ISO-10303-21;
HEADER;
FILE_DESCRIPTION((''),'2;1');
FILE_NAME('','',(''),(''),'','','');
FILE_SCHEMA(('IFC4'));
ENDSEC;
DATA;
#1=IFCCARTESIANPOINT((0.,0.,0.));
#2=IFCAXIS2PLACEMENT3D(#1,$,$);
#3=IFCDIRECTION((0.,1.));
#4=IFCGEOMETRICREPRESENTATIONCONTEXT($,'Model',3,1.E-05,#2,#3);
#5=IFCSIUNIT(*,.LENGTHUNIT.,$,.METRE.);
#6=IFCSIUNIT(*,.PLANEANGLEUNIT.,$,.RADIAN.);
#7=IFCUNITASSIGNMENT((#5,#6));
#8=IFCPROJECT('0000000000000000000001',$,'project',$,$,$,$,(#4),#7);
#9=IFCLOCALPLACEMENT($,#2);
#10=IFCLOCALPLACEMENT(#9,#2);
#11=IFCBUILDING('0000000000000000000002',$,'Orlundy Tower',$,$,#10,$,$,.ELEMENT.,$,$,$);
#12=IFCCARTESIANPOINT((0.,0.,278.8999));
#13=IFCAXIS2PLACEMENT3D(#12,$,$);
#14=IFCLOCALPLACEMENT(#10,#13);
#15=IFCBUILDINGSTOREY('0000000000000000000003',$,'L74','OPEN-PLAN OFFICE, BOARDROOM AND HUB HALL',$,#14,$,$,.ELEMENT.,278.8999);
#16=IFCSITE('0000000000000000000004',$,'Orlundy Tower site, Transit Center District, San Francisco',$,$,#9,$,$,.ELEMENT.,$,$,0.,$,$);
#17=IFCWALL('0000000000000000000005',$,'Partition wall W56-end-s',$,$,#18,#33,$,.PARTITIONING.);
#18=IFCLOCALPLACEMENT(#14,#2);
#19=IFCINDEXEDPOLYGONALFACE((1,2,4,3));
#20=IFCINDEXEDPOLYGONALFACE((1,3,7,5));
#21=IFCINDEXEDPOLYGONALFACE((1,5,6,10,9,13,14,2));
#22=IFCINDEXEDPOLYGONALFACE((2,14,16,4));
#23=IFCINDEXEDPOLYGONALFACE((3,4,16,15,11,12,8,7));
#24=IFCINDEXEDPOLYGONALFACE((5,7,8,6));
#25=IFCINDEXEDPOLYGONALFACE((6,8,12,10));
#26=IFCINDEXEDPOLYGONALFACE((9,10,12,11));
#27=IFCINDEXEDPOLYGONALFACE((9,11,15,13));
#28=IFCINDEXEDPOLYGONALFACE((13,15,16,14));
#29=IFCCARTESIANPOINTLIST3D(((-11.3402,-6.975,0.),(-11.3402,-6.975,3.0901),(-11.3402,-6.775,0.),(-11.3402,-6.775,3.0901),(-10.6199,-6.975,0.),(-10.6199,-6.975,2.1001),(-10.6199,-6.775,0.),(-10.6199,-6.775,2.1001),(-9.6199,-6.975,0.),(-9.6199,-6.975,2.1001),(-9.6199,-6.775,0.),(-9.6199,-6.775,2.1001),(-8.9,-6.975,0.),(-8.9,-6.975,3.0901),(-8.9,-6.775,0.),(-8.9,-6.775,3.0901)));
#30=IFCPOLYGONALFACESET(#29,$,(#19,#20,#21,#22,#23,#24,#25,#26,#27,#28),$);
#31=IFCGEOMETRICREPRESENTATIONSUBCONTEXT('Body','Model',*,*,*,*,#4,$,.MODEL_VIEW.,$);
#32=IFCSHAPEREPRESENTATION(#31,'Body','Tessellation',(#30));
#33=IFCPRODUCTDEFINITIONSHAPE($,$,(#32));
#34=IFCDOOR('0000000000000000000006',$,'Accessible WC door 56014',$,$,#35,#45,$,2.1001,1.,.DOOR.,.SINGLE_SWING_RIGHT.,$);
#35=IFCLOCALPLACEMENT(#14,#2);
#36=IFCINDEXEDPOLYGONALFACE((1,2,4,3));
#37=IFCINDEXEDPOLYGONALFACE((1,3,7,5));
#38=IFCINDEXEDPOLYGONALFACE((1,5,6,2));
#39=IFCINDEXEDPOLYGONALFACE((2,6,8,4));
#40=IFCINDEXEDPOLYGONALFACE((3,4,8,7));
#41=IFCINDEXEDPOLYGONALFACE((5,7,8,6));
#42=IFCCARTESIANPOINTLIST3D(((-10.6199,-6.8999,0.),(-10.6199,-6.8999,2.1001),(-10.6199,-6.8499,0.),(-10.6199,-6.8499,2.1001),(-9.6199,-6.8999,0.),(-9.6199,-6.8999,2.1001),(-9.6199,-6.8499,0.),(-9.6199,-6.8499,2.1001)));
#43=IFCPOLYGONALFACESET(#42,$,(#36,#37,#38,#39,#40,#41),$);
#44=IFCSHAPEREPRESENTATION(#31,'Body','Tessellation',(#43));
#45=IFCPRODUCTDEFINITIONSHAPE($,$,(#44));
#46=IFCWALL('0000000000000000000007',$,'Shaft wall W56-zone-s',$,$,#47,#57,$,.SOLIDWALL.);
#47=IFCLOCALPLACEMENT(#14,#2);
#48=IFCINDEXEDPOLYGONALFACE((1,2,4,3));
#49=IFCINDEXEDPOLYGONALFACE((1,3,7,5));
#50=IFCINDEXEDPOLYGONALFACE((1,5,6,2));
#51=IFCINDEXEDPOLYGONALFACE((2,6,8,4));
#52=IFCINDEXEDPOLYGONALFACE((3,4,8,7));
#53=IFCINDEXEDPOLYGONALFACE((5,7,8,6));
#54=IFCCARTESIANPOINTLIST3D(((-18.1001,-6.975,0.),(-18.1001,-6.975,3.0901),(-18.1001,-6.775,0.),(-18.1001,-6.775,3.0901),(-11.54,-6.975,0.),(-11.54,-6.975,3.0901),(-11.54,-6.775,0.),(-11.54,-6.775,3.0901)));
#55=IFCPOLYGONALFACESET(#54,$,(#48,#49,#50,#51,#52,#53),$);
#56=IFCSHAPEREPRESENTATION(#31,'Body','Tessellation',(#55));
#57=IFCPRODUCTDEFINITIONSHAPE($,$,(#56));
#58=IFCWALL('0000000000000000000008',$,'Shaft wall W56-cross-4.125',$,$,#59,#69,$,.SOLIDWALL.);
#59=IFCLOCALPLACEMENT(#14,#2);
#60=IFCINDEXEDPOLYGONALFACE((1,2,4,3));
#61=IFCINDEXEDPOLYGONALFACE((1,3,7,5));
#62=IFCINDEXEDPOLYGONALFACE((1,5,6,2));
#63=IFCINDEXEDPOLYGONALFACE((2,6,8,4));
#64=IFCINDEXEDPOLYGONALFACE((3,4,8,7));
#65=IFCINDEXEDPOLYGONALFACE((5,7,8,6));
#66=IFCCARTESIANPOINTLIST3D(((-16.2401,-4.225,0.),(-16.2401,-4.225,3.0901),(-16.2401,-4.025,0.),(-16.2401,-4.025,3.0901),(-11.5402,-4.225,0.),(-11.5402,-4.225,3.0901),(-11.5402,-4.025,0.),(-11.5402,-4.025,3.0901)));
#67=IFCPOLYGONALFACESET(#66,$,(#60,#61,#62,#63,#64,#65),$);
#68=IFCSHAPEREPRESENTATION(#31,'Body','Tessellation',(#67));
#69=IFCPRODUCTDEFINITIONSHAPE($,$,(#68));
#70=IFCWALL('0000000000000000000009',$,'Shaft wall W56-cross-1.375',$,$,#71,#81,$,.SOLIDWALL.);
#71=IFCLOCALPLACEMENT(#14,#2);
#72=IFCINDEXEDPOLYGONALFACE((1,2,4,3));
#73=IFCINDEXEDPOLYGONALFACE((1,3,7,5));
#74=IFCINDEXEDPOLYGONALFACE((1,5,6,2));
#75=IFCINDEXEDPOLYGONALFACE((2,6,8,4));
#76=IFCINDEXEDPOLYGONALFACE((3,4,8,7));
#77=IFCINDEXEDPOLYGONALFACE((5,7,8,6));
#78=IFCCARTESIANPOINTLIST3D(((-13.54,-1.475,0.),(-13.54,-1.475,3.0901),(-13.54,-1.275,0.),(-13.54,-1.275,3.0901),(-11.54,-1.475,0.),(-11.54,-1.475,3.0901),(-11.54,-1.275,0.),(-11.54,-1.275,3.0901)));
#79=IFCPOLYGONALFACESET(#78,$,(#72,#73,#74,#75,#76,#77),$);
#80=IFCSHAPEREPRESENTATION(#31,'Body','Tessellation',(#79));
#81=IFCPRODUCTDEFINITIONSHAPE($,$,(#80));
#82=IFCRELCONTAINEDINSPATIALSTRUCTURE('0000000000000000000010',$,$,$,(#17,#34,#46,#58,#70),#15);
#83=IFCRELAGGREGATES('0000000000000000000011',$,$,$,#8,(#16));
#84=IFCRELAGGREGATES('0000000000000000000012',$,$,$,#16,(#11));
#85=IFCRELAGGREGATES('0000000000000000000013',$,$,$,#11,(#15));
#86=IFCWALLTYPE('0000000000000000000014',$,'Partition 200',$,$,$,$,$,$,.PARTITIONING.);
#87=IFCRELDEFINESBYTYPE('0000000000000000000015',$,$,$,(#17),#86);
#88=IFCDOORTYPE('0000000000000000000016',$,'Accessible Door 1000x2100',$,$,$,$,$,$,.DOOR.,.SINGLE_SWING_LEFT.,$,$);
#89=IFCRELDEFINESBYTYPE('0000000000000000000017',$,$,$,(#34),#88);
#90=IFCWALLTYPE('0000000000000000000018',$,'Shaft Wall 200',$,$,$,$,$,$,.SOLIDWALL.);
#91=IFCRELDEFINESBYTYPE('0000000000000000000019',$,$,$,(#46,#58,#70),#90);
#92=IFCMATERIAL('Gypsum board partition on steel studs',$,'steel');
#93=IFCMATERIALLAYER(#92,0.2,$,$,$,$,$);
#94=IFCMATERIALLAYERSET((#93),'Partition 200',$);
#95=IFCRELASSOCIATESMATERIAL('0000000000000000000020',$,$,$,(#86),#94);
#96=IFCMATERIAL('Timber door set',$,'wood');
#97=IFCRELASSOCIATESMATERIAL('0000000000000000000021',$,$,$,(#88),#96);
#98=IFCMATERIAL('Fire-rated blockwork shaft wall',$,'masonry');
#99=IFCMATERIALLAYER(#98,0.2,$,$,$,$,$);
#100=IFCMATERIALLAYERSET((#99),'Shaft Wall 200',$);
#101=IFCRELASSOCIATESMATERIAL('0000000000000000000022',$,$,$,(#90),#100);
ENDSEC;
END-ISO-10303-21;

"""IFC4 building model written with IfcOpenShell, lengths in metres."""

from ifc_helpers import new_model, si_unit, direction, frame, frame_2d, origin, place, context, subcontext, project, spatial, rectangle, extrude, material, layer, layer_set, type_object, element, fill, save


model = new_model("IFC4")

# Units and contexts
model_context = context("Model", 3, precision=1e-05, world=origin(), true_north=direction((0.0, 1.0)))
body_context = subcontext(model_context, "Body", "Model", "MODEL_VIEW")
ifc_project = project(units=[si_unit("LENGTHUNIT", "METRE"), si_unit("PLANEANGLEUNIT", "RADIAN")], contexts=[model_context])

# Site, building, storey
site_placement = place(None, origin())
site = spatial("IfcSite", under=ifc_project, at=site_placement, Name="Orlundy Tower site, Transit Center District, San Francisco", CompositionType="ELEMENT", RefElevation=0.0)
building_placement = place(site_placement, origin())
building = spatial("IfcBuilding", under=site, at=building_placement, Name="Orlundy Tower", CompositionType="ELEMENT")
storey_placement = place(building_placement, frame((0.0, 0.0, 278.8999)))
storey = spatial("IfcBuildingStorey", under=building, at=storey_placement, Name="L74", Description="OPEN-PLAN OFFICE, BOARDROOM AND HUB HALL", CompositionType="ELEMENT", Elevation=278.8999)

# Wall, opening, door
ifc_material_1 = material(Name="Gypsum board partition on steel studs", Category="steel")
ifc_layer_1 = layer(ifc_material_1, 0.2)
ifc_layer_set_1 = layer_set([ifc_layer_1], Name="Partition 200")
wall_type_1 = type_object("IfcWallType", Name="Partition 200", PredefinedType="PARTITIONING", material=ifc_layer_set_1)
wall_1_placement = place(storey_placement, frame((-8.8999, -6.875, 0.0), z_axis=(0.0, 0.0, 1.0), x_axis=(-1.0, 0.0, 0.0)))
wall_1 = element("IfcWall", 1, at=wall_1_placement, inside=storey, type_object=wall_type_1, Name="Partition wall W56-end-s", PredefinedType="PARTITIONING", context=body_context, shape_type="SweptSolid", body=[
    extrude(rectangle(XDim=2.4402, YDim=0.2, at=frame_2d((1.2202, 0.0))), origin(), (0.0, 0.0, 1.0), 3.0901),
])
opening_1_placement = place(wall_1_placement, frame((0.72, 0.0, 0.0)))
opening_1 = element("IfcOpeningElement", 2, at=opening_1_placement, cuts=wall_1, PredefinedType="OPENING", context=body_context, shape_type="SweptSolid", body=[
    extrude(rectangle(XDim=1.0, YDim=2.1001, at=frame_2d((0.5, 1.05))), frame((0.0, 0.1101, 0.0), z_axis=(0.0, -1.0, 0.0), x_axis=(1.0, 0.0, 0.0)), (0.0, 0.0, 1.0), 0.2202),
])
ifc_material_2 = material(Name="Timber door set", Category="wood")
door_type_1 = type_object("IfcDoorType", Name="Accessible Door 1000x2100", OperationType="SINGLE_SWING_LEFT", PredefinedType="DOOR", material=ifc_material_2)
door_1_placement = place(opening_1_placement, origin())
door_1 = element("IfcDoor", 3, at=door_1_placement, inside=storey, type_object=door_type_1, Name="Accessible WC door 56014", OperationType="SINGLE_SWING_RIGHT", OverallHeight=2.1001, OverallWidth=1.0, PredefinedType="DOOR", context=body_context, shape_type="SweptSolid", body=[
    extrude(rectangle(XDim=1.0, YDim=2.1001, at=frame_2d((0.5, 1.05))), frame((0.0, 0.0249, 0.0), z_axis=(0.0, -1.0, 0.0), x_axis=(1.0, 0.0, 0.0)), (0.0, 0.0, 1.0), 0.05),
])
fill(opening_1, door_1)

# Walls
ifc_material_3 = material(Name="Fire-rated blockwork shaft wall", Category="masonry")
ifc_layer_2 = layer(ifc_material_3, 0.2)
ifc_layer_set_2 = layer_set([ifc_layer_2], Name="Shaft Wall 200")
wall_type_2 = type_object("IfcWallType", Name="Shaft Wall 200", PredefinedType="SOLIDWALL", material=ifc_layer_set_2)
wall_2_placement = place(storey_placement, frame((-11.54, -6.875, 0.0), z_axis=(0.0, 0.0, 1.0), x_axis=(-1.0, 0.0, 0.0)))
element("IfcWall", 4, at=wall_2_placement, inside=storey, type_object=wall_type_2, Name="Shaft wall W56-zone-s", PredefinedType="SOLIDWALL", context=body_context, shape_type="SweptSolid", body=[
    extrude(rectangle(XDim=6.5601, YDim=0.2, at=frame_2d((3.28, 0.0))), origin(), (0.0, 0.0, 1.0), 3.0901),
])
wall_3_placement = place(storey_placement, frame((-11.54, -4.125, 0.0), z_axis=(0.0, 0.0, 1.0), x_axis=(-1.0, 0.0, 0.0)))
element("IfcWall", 5, at=wall_3_placement, inside=storey, type_object=wall_type_2, Name="Shaft wall W56-cross-4.125", PredefinedType="SOLIDWALL", context=body_context, shape_type="SweptSolid", body=[
    extrude(rectangle(XDim=4.7, YDim=0.2, at=frame_2d((2.3501, 0.0))), origin(), (0.0, 0.0, 1.0), 3.0901),
])
wall_4_placement = place(storey_placement, frame((-11.54, -1.375, 0.0), z_axis=(0.0, 0.0, 1.0), x_axis=(-1.0, 0.0, 0.0)))
element("IfcWall", 6, at=wall_4_placement, inside=storey, type_object=wall_type_2, Name="Shaft wall W56-cross-1.375", PredefinedType="SOLIDWALL", context=body_context, shape_type="SweptSolid", body=[
    extrude(rectangle(XDim=2.0, YDim=0.2, at=frame_2d((1.0, 0.0))), origin(), (0.0, 0.0, 1.0), 3.0901),
])

save(model, "model.ifc")
